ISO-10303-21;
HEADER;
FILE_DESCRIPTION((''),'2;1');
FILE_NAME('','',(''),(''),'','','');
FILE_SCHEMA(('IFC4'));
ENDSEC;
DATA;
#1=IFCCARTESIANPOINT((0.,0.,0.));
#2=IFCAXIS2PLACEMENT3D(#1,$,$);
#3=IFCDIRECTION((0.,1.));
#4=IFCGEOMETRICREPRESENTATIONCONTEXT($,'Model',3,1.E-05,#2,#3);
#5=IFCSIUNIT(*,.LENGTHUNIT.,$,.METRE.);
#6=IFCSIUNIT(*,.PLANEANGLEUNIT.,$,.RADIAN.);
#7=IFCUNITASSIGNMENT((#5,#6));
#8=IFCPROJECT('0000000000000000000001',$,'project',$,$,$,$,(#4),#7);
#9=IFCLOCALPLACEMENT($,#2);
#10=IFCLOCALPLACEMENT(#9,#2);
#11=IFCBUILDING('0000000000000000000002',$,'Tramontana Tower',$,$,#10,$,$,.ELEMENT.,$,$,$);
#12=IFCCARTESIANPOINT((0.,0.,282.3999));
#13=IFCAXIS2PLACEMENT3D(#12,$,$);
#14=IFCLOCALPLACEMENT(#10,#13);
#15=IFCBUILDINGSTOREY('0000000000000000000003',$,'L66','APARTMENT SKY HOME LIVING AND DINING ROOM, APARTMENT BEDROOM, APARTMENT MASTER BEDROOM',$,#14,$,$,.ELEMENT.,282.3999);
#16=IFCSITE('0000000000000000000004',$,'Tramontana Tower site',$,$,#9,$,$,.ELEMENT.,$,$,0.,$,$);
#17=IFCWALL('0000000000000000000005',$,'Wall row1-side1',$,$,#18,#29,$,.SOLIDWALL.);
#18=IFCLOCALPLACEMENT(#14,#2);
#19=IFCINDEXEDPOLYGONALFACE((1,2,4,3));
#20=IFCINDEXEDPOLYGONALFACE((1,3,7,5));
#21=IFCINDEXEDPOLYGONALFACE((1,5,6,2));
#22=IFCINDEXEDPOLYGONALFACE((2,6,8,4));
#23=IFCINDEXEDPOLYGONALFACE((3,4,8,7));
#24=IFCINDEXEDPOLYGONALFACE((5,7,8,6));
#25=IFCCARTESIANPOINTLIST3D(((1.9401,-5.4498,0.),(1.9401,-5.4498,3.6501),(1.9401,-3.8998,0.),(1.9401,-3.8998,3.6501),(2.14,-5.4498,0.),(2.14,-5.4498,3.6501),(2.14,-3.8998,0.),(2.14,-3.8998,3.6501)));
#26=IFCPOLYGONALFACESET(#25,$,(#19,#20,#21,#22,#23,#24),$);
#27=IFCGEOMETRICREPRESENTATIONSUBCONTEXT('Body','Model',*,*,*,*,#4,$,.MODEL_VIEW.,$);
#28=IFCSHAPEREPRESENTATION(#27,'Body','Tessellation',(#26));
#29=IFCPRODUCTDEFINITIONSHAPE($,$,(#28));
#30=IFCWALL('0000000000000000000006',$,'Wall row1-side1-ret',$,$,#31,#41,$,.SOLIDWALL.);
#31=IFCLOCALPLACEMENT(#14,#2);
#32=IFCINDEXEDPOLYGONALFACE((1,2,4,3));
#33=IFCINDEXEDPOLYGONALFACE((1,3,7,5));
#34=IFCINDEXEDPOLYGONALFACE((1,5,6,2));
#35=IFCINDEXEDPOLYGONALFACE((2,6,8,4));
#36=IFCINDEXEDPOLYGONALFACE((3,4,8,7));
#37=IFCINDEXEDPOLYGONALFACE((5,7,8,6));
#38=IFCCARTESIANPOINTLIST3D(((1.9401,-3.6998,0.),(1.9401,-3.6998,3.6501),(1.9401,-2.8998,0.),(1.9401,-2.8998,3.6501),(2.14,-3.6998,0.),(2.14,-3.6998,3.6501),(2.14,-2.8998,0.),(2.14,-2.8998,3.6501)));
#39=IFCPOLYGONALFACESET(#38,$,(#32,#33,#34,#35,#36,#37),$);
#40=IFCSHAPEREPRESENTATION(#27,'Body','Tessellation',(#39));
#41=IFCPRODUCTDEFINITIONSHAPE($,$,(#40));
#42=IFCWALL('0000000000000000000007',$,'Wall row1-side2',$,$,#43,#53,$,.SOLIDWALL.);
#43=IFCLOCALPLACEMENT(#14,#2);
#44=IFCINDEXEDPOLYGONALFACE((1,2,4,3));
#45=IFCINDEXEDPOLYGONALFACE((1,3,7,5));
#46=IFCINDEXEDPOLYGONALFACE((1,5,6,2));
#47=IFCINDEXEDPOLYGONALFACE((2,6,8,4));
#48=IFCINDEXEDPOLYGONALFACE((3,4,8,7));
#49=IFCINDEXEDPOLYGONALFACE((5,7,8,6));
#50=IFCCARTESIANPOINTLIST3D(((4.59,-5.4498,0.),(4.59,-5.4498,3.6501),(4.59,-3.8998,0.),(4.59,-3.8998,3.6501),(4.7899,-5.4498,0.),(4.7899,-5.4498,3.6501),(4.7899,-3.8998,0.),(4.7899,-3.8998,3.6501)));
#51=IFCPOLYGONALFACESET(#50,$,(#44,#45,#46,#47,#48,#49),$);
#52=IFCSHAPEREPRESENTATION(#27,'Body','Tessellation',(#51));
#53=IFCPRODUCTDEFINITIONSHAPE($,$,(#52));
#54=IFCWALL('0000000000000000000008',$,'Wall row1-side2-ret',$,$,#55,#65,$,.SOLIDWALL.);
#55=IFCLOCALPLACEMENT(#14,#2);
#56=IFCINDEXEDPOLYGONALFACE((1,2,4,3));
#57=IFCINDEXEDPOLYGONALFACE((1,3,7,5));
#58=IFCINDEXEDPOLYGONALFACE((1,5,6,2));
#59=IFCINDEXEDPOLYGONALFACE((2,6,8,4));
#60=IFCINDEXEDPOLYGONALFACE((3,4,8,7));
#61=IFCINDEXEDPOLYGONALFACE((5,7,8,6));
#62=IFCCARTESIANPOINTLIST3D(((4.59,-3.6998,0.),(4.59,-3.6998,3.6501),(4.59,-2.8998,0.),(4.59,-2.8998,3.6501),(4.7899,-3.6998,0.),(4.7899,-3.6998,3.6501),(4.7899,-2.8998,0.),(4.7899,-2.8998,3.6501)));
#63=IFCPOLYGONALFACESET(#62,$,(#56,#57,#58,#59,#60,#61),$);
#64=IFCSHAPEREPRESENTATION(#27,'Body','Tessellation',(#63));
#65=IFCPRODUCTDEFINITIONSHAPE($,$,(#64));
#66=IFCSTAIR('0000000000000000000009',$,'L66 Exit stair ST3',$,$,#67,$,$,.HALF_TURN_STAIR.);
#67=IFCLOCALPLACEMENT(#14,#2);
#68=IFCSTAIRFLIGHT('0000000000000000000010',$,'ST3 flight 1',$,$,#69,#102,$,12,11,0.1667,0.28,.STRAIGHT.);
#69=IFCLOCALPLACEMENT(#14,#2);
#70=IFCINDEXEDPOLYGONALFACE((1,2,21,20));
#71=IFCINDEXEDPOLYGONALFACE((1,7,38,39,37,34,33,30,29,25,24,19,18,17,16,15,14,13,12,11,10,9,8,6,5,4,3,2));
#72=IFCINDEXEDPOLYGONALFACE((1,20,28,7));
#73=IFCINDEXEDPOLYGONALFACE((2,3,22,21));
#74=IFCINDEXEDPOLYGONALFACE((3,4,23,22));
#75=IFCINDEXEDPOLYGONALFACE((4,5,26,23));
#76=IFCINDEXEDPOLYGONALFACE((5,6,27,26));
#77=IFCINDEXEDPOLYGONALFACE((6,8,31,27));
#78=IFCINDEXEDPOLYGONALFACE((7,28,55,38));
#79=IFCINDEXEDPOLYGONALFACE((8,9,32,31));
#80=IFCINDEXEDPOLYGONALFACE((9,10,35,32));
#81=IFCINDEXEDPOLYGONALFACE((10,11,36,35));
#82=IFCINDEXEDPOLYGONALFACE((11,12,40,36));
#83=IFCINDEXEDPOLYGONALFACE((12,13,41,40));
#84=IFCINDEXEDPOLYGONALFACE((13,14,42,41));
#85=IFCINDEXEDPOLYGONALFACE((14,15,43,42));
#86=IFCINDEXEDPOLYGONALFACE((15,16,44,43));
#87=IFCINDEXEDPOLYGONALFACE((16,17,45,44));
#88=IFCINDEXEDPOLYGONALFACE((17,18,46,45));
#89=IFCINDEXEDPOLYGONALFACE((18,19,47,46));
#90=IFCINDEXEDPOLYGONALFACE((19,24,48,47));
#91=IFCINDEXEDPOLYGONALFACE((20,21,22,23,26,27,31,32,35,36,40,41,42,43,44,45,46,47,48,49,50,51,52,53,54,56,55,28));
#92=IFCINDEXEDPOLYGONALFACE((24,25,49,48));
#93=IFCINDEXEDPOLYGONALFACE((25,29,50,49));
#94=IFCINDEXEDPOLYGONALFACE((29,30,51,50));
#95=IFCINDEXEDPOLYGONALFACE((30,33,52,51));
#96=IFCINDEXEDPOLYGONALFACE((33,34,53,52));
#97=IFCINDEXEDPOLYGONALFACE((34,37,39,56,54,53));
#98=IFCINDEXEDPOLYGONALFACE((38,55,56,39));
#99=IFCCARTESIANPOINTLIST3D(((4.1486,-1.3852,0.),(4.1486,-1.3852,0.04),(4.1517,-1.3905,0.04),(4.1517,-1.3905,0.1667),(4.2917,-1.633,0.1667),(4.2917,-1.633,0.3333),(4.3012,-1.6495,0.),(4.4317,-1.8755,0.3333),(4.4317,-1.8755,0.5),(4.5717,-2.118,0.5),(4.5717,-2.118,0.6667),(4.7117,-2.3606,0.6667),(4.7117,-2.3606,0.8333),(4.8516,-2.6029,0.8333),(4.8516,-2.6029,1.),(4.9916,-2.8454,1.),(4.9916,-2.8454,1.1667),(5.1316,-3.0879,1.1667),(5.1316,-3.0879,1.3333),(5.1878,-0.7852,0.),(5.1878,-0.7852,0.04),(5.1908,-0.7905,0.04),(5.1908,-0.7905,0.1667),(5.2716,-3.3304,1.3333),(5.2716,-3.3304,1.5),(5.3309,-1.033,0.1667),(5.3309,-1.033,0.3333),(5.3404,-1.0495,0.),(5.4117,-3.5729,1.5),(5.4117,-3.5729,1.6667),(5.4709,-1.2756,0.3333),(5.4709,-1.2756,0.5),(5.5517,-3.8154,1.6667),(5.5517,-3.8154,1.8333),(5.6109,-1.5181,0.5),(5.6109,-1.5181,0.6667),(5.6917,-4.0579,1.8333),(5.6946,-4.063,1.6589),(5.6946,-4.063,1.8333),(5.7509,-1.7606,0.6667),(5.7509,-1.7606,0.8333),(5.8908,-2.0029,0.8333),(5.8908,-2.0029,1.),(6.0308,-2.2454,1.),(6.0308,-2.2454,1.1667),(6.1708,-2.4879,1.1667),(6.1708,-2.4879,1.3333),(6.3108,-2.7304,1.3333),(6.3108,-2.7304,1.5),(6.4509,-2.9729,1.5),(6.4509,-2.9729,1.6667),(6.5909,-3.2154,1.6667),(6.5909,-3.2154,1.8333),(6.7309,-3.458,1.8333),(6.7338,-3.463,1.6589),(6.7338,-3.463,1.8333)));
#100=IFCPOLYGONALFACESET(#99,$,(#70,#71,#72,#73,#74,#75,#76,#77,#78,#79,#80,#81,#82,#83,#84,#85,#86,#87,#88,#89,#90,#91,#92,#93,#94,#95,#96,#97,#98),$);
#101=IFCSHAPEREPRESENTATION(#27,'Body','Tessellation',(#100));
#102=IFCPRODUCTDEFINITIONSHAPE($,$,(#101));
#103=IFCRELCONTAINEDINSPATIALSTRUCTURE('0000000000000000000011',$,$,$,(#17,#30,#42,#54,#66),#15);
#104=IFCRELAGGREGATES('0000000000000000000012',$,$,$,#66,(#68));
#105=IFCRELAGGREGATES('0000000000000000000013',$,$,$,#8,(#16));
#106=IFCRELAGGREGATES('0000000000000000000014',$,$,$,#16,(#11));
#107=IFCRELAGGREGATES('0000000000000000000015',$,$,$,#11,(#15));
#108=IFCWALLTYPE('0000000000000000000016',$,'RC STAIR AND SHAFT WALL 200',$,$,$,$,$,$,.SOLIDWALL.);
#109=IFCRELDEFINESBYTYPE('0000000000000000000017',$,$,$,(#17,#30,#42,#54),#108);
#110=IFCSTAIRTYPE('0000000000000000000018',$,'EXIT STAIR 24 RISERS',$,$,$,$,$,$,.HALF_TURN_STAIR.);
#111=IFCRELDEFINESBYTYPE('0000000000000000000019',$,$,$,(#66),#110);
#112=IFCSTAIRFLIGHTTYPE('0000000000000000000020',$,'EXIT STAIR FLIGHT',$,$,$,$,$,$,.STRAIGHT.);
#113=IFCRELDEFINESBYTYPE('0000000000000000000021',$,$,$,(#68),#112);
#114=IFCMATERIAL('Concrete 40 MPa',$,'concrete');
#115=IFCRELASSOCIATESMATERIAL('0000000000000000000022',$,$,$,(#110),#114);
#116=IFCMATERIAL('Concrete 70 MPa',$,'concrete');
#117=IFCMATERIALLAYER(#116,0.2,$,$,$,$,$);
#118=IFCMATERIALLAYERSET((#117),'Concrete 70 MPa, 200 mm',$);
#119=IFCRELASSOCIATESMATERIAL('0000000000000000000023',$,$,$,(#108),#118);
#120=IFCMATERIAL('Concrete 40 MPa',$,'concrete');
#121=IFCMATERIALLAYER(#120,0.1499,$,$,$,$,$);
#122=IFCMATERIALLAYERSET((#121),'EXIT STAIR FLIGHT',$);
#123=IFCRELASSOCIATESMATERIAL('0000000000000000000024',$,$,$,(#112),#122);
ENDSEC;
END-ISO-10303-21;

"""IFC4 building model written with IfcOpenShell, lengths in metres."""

from ifc_helpers import new_model, si_unit, direction, frame, frame_2d, origin, place, context, subcontext, project, spatial, polyline, rectangle, outline, extrude, material, layer, layer_set, type_object, element, aggregate, save


model = new_model("IFC4")

# Units and contexts
model_context = context("Model", 3, precision=1e-05, world=origin(), true_north=direction((0.0, 1.0)))
body_context = subcontext(model_context, "Body", "Model", "MODEL_VIEW")
ifc_project = project(units=[si_unit("LENGTHUNIT", "METRE"), si_unit("PLANEANGLEUNIT", "RADIAN")], contexts=[model_context])

# Site, building, storey
site_placement = place(None, origin())
site = spatial("IfcSite", under=ifc_project, at=site_placement, Name="Tramontana Tower site", CompositionType="ELEMENT", RefElevation=0.0)
building_placement = place(site_placement, origin())
building = spatial("IfcBuilding", under=site, at=building_placement, Name="Tramontana Tower", CompositionType="ELEMENT")
storey_placement = place(building_placement, frame((0.0, 0.0, 282.3999)))
storey = spatial("IfcBuildingStorey", under=building, at=storey_placement, Name="L66", Description="APARTMENT SKY HOME LIVING AND DINING ROOM, APARTMENT BEDROOM, APARTMENT MASTER BEDROOM", CompositionType="ELEMENT", Elevation=282.3999)

# Shared definitions
ifc_material_1 = material(Name="Concrete 40 MPa", Category="concrete")
stair_type = type_object("IfcStairType", Name="EXIT STAIR 24 RISERS", PredefinedType="HALF_TURN_STAIR", material=ifc_material_1)

# Shared definitions
ifc_material_2 = material(Name="Concrete 70 MPa", Category="concrete")
ifc_layer_1 = layer(ifc_material_2, 0.2)
ifc_layer_set_1 = layer_set([ifc_layer_1], Name="Concrete 70 MPa, 200 mm")
wall_type = type_object("IfcWallType", Name="RC STAIR AND SHAFT WALL 200", PredefinedType="SOLIDWALL", material=ifc_layer_set_1)

# Walls
wall_1_placement = place(storey_placement, frame((2.04, -3.8999, 0.0), z_axis=(0.0, 0.0, 1.0), x_axis=(0.0, -1.0, 0.0)))
element("IfcWall", 1, at=wall_1_placement, inside=storey, type_object=wall_type, Name="Wall row1-side1", PredefinedType="SOLIDWALL", context=body_context, shape_type="SweptSolid", body=[
    extrude(rectangle(XDim=1.55, YDim=0.2, at=frame_2d((0.7749, 0.0))), origin(), (0.0, 0.0, 1.0), 3.6501),
])
wall_2_placement = place(storey_placement, frame((2.04, -2.8999, 0.0), z_axis=(0.0, 0.0, 1.0), x_axis=(0.0, -1.0, 0.0)))
element("IfcWall", 2, at=wall_2_placement, inside=storey, type_object=wall_type, Name="Wall row1-side1-ret", PredefinedType="SOLIDWALL", context=body_context, shape_type="SweptSolid", body=[
    extrude(rectangle(XDim=0.8, YDim=0.2, at=frame_2d((0.3999, 0.0))), origin(), (0.0, 0.0, 1.0), 3.6501),
])
wall_3_placement = place(storey_placement, frame((4.6899, -3.8999, 0.0), z_axis=(0.0, 0.0, 1.0), x_axis=(0.0, -1.0, 0.0)))
element("IfcWall", 3, at=wall_3_placement, inside=storey, type_object=wall_type, Name="Wall row1-side2", PredefinedType="SOLIDWALL", context=body_context, shape_type="SweptSolid", body=[
    extrude(rectangle(XDim=1.55, YDim=0.2, at=frame_2d((0.7749, 0.0))), origin(), (0.0, 0.0, 1.0), 3.6501),
])
wall_4_placement = place(storey_placement, frame((4.6899, -2.8999, 0.0), z_axis=(0.0, 0.0, 1.0), x_axis=(0.0, -1.0, 0.0)))
element("IfcWall", 4, at=wall_4_placement, inside=storey, type_object=wall_type, Name="Wall row1-side2-ret", PredefinedType="SOLIDWALL", context=body_context, shape_type="SweptSolid", body=[
    extrude(rectangle(XDim=0.8, YDim=0.2, at=frame_2d((0.3999, 0.0))), origin(), (0.0, 0.0, 1.0), 3.6501),
])

# Stair, stair flight
stair_1_placement = place(storey_placement, origin())
stair_1 = element("IfcStair", 5, at=stair_1_placement, inside=storey, type_object=stair_type, Name="L66 Exit stair ST3", PredefinedType="HALF_TURN_STAIR")
ifc_material_3 = material(Name="Concrete 40 MPa", Category="concrete")
ifc_layer_2 = layer(ifc_material_3, 0.1499)
ifc_layer_set_2 = layer_set([ifc_layer_2], Name="EXIT STAIR FLIGHT")
stair_flight_type = type_object("IfcStairFlightType", Name="EXIT STAIR FLIGHT", PredefinedType="STRAIGHT", material=ifc_layer_set_2)
stair_flight_placement = place(storey_placement, frame((4.6711, -1.0906, 0.0), z_axis=(0.0, 0.0, 1.0), x_axis=(0.5, -0.866025, 0.0)))
stair_flight = element("IfcStairFlight", 6, at=stair_flight_placement, type_object=stair_flight_type, Name="ST3 flight 1", NumberOfRisers=12, NumberOfTreads=11, PredefinedType="STRAIGHT", RiserHeight=0.1667, TreadLength=0.28, context=body_context, shape_type="SweptSolid", body=[
    extrude(outline(polyline([(-0.0061, 0.0), (-0.0061, 0.04), (0.0, 0.04), (0.0, 0.1667), (0.28, 0.1667), (0.28, 0.3333), (0.5601, 0.3333), (0.5601, 0.5), (0.8401, 0.5), (0.8401, 0.6667), (1.1201, 0.6667), (1.1201, 0.8333), (1.3999, 0.8333), (1.3999, 1.0), (1.6799, 1.0), (1.6799, 1.1667), (1.96, 1.1667), (1.96, 1.3333), (2.24, 1.3333), (2.24, 1.5), (2.52, 1.5), (2.52, 1.6667), (2.8, 1.6667), (2.8, 1.8333), (3.0801, 1.8333), (3.0859, 1.8333), (3.0859, 1.6589), (0.2991, 0.0), (-0.0061, 0.0)])), frame((0.0, 0.6001, 0.0), z_axis=(0.0, -1.0, 0.0), x_axis=(1.0, 0.0, 0.0)), (0.0, 0.0, 1.0), 1.2),
])
aggregate(stair_1, [stair_flight])

save(model, "model.ifc")
